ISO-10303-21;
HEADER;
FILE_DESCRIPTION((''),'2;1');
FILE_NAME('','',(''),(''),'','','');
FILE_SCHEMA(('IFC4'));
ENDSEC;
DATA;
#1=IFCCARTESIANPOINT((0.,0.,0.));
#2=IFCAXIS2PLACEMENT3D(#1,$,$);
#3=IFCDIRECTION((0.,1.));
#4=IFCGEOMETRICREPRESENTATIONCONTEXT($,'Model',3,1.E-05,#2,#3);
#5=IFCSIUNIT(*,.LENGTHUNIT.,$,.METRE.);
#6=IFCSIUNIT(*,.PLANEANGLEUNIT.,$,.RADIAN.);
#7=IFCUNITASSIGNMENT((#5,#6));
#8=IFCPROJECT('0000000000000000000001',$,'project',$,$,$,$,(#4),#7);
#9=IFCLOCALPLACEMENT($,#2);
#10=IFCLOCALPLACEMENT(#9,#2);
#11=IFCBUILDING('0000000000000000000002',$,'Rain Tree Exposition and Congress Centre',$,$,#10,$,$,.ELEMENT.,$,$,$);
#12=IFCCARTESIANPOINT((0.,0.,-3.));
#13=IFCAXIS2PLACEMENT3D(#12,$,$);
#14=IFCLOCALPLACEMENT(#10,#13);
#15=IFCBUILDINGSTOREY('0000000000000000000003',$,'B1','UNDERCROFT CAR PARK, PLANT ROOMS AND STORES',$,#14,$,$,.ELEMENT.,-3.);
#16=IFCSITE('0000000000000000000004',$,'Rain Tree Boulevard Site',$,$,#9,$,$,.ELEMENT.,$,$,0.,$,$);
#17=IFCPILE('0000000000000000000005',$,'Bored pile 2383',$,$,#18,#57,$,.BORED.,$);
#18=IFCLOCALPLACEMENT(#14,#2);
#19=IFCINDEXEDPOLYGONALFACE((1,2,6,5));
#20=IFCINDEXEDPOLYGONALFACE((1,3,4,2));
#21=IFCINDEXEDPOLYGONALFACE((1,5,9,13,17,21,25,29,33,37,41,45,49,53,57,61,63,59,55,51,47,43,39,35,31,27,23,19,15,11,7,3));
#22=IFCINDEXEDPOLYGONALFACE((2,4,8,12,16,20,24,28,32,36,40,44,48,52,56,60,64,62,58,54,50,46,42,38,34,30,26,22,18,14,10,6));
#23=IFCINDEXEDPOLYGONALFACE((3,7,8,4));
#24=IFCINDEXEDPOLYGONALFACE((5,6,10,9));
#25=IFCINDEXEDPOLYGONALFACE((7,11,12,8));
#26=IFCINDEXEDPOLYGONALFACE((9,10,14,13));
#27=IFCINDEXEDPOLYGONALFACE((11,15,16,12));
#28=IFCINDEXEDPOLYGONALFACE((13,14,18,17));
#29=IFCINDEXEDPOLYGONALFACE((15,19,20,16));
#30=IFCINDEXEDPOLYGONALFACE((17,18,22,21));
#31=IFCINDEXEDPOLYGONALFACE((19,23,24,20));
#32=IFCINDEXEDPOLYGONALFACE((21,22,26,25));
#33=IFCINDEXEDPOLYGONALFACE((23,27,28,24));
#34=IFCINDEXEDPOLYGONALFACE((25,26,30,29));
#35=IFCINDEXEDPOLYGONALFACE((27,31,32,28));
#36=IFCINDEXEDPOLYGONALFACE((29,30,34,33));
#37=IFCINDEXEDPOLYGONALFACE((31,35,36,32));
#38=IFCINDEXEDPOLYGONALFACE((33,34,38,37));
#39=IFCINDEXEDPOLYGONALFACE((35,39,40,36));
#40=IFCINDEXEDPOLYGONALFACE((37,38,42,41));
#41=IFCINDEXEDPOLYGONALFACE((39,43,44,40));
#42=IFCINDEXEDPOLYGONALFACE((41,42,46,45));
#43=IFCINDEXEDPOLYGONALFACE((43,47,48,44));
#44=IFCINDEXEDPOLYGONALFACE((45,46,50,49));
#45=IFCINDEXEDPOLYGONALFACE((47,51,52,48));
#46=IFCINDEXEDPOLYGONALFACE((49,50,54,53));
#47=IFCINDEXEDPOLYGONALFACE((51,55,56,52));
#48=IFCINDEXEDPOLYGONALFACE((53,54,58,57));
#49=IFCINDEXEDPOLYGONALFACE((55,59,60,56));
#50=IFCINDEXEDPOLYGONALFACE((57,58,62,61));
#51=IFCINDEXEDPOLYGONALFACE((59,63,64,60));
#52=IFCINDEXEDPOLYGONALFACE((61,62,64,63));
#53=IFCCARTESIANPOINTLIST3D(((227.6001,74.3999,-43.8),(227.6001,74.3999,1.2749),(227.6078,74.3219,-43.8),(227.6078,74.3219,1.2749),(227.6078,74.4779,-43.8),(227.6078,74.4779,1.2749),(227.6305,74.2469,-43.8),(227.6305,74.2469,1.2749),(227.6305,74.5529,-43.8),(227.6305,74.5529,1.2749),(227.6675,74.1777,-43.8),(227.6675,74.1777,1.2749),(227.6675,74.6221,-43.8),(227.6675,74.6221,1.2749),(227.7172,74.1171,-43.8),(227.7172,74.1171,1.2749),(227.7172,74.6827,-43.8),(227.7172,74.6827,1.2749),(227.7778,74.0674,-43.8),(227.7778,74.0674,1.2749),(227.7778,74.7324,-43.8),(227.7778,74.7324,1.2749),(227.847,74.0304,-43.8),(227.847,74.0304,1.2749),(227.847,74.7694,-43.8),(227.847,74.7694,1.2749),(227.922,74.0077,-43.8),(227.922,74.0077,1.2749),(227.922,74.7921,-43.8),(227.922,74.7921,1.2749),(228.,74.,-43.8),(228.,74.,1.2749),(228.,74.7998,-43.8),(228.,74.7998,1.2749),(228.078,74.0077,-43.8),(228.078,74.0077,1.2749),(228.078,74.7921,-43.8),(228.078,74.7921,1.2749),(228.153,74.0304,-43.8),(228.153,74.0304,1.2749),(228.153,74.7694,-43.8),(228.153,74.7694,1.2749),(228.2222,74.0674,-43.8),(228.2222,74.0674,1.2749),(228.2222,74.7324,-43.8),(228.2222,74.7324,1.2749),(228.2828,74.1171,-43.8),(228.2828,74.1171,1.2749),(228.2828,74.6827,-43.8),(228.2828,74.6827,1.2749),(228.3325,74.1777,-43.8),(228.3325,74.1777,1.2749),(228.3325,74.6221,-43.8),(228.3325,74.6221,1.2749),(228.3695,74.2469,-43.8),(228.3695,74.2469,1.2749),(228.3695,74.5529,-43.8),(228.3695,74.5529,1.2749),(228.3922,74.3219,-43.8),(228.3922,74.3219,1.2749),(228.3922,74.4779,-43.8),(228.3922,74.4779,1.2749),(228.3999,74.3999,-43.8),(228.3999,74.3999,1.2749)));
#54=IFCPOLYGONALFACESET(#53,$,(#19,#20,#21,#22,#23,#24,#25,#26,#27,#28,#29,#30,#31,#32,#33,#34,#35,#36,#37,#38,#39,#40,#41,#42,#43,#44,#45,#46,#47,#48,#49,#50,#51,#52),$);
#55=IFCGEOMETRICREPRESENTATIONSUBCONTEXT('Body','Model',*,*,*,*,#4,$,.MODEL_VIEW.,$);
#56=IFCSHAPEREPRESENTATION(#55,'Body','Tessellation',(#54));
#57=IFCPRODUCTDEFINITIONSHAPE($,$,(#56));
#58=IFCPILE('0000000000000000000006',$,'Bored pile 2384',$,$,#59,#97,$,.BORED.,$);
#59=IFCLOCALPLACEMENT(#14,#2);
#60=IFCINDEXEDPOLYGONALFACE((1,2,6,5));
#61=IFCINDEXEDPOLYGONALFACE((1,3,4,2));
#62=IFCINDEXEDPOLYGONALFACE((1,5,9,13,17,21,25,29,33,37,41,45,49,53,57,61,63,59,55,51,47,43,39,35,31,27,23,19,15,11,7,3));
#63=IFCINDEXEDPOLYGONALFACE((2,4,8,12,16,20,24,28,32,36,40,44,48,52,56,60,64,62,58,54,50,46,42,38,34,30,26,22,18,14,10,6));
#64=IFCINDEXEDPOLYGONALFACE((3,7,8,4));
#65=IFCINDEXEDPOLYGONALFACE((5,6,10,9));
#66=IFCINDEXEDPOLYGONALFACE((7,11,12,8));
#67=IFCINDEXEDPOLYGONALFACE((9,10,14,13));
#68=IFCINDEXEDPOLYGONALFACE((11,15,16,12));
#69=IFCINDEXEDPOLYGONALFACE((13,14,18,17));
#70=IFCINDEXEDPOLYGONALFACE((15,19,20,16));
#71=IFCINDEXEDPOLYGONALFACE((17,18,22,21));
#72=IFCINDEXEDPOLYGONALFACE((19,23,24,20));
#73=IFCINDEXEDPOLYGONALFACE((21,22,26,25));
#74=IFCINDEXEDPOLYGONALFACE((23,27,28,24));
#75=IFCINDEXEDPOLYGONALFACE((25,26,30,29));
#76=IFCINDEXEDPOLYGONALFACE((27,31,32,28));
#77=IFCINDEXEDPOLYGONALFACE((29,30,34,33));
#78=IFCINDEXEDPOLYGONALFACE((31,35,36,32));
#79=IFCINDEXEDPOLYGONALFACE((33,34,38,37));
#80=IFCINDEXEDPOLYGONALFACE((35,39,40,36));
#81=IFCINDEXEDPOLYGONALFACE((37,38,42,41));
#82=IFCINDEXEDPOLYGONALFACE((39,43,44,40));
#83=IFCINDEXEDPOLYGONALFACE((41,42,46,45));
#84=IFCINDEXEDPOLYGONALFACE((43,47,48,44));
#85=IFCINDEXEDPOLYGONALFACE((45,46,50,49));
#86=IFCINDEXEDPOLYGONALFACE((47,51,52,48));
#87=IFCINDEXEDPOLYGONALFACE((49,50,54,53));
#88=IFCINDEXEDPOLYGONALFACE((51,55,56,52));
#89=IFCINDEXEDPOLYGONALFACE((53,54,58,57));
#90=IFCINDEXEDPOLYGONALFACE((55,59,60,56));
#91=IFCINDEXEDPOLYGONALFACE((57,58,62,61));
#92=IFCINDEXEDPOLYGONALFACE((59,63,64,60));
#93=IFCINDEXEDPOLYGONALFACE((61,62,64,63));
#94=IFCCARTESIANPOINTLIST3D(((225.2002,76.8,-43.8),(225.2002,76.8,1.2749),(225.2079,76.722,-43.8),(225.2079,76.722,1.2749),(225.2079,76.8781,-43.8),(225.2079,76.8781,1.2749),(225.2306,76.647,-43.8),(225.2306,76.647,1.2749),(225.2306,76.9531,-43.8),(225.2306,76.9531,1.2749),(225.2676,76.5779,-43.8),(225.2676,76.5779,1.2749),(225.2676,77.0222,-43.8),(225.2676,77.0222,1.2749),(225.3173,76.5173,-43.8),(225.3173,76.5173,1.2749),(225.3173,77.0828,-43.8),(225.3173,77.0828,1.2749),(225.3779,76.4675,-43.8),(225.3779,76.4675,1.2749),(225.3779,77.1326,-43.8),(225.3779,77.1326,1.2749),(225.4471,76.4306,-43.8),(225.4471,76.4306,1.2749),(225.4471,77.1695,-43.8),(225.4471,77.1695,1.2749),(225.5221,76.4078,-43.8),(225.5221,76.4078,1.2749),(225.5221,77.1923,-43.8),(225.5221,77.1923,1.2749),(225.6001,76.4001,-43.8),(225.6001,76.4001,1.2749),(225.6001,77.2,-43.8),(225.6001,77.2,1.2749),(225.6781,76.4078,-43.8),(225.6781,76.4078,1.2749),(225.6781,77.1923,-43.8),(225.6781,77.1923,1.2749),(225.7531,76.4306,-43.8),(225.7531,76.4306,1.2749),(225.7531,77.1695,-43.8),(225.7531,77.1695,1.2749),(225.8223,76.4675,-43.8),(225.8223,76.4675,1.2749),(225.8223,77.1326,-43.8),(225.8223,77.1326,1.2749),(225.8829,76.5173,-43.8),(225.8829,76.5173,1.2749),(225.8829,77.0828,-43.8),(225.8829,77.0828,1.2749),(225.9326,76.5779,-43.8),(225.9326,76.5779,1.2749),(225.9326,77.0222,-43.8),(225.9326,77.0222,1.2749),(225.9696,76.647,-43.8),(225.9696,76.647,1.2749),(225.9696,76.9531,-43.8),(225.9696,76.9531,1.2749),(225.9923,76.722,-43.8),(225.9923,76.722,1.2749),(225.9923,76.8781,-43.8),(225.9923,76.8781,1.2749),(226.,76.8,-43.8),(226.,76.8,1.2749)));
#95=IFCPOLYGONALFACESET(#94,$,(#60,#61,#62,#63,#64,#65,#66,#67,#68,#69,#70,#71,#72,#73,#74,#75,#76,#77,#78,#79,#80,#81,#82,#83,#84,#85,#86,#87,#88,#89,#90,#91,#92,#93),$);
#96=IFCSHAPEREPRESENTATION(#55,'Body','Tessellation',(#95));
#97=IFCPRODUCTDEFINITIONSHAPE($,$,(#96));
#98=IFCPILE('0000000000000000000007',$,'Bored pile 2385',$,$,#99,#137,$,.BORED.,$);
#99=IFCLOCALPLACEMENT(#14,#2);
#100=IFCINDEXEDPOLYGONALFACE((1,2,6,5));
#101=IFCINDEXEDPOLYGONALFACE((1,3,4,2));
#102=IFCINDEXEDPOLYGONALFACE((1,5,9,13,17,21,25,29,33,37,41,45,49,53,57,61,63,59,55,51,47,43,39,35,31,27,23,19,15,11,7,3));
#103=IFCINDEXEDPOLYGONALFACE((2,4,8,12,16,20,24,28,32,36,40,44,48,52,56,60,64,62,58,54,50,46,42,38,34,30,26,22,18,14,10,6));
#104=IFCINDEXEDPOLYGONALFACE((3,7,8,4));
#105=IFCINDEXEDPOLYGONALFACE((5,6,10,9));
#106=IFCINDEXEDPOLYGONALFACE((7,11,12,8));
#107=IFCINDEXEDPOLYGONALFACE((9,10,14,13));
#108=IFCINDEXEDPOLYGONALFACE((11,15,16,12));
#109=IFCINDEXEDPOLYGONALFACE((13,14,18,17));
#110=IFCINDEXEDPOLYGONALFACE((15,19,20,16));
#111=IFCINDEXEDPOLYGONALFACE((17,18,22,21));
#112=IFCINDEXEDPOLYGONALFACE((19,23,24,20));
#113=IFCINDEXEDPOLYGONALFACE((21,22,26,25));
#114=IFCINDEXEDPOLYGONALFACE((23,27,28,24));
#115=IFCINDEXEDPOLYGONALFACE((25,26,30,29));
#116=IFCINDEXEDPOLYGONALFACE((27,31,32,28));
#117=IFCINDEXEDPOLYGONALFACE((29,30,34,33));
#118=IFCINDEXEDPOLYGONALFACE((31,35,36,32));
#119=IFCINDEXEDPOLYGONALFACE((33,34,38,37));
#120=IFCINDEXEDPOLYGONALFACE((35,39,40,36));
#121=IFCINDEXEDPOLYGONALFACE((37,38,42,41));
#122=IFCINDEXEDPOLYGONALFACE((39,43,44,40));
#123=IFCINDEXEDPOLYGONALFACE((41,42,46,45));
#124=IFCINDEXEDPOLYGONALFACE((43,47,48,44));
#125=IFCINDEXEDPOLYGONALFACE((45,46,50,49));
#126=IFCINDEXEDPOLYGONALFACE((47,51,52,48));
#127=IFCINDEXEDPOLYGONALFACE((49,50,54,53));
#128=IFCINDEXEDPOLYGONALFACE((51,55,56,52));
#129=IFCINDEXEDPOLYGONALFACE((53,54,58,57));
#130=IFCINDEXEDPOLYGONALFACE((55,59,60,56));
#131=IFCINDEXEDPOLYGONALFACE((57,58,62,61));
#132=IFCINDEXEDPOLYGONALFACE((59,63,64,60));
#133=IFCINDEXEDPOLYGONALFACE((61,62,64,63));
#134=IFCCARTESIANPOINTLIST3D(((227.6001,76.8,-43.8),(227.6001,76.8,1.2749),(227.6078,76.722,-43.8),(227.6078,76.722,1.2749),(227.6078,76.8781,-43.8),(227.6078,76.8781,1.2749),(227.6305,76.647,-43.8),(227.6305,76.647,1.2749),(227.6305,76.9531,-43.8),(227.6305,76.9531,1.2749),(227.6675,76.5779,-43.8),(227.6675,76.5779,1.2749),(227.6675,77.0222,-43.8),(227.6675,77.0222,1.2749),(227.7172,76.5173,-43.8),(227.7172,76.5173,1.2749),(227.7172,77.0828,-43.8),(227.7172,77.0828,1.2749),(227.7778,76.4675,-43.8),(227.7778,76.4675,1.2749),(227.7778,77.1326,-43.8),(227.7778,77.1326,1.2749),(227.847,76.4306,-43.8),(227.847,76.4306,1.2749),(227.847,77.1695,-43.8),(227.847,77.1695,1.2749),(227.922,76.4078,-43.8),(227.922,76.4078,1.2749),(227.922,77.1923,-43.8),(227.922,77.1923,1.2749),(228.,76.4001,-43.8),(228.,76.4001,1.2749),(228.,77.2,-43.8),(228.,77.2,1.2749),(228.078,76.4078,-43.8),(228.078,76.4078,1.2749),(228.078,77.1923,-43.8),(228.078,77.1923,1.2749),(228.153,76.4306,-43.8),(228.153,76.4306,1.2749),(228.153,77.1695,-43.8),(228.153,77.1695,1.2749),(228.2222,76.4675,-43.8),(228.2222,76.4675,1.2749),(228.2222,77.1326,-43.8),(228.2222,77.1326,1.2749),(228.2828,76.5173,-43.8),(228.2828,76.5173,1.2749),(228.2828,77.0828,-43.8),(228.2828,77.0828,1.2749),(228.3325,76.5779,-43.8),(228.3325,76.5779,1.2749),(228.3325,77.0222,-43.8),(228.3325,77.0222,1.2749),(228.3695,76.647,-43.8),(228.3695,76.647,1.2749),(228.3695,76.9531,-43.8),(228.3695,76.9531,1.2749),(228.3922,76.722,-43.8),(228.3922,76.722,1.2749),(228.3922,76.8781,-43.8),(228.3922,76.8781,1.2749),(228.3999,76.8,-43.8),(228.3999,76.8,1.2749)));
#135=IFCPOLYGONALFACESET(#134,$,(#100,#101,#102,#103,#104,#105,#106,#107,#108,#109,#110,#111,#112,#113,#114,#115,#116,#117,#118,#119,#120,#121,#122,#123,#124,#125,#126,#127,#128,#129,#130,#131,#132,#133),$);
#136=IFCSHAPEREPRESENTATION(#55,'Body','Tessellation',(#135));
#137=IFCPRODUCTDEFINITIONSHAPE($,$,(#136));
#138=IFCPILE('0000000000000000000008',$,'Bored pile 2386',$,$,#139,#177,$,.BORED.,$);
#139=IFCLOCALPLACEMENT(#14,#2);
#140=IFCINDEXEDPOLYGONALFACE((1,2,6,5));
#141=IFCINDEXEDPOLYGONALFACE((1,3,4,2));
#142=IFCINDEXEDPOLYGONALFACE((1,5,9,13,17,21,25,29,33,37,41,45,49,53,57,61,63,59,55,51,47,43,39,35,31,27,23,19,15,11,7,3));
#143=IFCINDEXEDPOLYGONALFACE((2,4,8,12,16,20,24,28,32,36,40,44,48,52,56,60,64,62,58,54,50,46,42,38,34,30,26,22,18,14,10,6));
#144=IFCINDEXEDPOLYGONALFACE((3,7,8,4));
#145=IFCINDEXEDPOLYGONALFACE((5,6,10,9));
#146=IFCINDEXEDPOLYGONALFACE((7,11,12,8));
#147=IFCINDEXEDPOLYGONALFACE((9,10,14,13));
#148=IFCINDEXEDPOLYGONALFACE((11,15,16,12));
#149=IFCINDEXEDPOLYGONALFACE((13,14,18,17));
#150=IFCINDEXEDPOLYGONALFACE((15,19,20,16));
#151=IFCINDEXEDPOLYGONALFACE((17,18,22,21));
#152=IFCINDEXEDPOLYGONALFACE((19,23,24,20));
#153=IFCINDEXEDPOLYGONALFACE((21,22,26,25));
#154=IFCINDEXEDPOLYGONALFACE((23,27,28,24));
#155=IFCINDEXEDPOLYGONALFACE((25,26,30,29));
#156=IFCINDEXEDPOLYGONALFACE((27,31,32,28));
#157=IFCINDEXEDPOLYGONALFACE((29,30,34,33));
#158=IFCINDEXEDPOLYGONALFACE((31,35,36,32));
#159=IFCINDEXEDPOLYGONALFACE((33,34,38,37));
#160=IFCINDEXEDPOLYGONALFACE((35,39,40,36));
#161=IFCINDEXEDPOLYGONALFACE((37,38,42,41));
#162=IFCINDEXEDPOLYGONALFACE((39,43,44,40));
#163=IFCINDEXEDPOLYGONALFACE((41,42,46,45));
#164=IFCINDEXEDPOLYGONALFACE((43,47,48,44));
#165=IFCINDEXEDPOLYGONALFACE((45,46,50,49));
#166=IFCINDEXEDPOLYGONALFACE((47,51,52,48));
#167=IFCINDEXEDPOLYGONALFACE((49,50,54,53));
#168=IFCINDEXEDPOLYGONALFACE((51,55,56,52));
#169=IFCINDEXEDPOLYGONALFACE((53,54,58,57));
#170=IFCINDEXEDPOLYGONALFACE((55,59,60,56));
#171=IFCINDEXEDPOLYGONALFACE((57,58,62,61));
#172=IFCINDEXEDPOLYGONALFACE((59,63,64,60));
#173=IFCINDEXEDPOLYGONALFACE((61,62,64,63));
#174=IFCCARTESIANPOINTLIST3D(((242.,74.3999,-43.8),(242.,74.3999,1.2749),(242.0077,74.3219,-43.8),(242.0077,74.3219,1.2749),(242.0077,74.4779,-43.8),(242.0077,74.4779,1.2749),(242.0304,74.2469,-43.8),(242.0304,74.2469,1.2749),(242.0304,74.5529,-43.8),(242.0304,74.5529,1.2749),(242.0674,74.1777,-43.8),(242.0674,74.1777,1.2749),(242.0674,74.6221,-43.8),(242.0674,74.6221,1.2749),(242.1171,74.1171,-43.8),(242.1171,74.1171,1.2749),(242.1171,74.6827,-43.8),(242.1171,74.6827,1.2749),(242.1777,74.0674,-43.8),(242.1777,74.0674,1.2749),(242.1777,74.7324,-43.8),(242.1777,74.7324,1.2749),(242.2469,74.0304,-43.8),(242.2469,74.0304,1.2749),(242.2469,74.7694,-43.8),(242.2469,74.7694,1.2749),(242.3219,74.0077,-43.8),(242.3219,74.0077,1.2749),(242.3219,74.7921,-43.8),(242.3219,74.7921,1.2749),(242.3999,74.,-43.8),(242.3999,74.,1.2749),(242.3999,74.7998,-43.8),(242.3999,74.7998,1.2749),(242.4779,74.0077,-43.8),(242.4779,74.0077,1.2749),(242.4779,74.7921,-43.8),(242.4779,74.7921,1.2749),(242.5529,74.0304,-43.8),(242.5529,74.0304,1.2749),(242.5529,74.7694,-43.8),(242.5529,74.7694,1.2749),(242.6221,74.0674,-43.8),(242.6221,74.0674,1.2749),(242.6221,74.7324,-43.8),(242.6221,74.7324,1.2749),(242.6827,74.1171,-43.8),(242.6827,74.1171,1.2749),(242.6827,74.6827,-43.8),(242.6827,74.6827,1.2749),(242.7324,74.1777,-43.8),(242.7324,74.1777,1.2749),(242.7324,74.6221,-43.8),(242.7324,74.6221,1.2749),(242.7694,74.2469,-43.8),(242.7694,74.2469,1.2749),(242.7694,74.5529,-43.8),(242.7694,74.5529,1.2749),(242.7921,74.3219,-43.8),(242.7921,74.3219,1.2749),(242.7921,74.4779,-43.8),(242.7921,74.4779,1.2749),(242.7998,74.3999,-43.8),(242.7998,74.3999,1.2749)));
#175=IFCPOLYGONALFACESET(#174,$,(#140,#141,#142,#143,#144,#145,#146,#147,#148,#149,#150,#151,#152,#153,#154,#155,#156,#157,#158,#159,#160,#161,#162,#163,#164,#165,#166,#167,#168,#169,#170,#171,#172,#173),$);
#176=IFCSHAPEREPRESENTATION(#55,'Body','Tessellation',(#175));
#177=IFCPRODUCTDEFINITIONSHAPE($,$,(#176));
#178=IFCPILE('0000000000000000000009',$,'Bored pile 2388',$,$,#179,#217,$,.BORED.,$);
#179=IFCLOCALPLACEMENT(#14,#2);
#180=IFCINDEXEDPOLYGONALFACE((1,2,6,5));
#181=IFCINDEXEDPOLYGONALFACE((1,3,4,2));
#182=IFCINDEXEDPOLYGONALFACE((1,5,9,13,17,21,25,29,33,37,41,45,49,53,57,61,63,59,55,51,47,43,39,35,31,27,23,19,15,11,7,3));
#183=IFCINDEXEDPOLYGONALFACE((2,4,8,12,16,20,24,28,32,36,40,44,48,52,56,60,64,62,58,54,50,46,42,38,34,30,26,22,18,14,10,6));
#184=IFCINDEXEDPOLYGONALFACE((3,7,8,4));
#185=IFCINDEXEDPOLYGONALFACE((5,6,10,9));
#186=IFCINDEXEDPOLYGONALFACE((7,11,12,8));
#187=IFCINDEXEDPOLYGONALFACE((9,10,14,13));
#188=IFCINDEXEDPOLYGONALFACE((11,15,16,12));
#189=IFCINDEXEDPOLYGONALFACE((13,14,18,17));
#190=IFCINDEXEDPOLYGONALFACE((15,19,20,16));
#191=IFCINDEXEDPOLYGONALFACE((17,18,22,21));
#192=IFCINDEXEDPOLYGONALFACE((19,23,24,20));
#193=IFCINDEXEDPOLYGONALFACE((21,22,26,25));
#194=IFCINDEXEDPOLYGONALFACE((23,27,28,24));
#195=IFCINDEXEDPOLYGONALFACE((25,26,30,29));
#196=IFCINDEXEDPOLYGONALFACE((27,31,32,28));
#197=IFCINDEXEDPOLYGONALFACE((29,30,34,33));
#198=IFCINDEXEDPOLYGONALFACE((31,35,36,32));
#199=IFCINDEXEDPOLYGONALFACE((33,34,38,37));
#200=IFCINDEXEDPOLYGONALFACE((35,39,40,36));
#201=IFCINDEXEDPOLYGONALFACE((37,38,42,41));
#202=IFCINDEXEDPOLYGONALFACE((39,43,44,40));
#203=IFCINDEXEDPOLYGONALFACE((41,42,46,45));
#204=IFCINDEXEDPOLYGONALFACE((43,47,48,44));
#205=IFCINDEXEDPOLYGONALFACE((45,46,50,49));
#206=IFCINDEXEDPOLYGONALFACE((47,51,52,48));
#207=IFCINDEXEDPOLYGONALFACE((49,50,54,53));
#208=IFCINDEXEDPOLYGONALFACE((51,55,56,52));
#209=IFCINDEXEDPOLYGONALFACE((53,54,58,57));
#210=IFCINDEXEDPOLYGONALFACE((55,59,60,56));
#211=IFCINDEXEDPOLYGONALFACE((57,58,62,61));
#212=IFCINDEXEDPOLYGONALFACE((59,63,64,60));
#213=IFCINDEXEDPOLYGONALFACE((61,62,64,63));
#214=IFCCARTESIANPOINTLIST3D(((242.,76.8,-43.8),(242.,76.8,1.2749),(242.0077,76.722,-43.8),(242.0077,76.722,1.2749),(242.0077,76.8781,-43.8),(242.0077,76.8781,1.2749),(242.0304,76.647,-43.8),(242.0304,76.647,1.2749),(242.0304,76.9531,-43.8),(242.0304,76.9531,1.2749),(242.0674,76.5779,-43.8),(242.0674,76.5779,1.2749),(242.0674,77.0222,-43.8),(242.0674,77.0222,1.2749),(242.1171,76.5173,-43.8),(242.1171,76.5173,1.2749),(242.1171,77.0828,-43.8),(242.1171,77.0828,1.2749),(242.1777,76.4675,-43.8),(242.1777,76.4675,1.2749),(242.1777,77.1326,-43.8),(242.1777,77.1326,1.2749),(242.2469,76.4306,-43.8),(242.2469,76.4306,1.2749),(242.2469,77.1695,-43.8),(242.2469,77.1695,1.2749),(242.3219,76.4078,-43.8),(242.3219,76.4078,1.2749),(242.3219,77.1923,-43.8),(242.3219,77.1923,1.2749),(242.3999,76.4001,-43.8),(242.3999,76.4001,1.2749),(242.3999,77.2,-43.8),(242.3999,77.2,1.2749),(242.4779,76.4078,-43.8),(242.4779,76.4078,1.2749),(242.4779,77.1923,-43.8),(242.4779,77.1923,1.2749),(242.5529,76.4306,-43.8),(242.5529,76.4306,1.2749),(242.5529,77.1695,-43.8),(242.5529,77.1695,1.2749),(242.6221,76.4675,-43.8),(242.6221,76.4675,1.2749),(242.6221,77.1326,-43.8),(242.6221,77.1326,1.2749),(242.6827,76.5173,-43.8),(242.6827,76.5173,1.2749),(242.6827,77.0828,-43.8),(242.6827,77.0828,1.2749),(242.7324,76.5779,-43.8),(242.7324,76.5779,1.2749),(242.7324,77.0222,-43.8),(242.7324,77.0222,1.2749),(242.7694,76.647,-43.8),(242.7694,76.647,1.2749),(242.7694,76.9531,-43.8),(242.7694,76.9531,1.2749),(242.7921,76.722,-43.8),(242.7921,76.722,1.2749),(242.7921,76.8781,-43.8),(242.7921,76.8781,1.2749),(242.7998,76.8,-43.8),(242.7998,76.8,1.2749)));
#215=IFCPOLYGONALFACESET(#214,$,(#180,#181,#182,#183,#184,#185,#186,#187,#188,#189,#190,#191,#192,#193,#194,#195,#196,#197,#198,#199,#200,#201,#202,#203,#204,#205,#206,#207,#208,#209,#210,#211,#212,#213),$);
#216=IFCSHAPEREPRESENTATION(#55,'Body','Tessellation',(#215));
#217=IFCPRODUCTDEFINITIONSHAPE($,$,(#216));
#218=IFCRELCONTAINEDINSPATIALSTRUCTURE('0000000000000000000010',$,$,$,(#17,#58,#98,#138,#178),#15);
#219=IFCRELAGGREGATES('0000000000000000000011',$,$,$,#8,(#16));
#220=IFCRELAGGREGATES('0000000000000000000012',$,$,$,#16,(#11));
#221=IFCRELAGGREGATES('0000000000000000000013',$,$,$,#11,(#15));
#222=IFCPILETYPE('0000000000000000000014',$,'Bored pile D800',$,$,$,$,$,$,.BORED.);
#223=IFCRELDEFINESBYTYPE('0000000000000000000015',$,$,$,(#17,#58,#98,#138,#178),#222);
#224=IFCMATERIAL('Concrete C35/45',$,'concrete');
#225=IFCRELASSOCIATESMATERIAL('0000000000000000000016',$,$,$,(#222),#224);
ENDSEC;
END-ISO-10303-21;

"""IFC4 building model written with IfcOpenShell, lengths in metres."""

from ifc_helpers import new_model, si_unit, direction, frame, origin, origin_2d, place, context, subcontext, project, spatial, circle, extrude, material, material_profile, profile_set, type_object, element, save


model = new_model("IFC4")

# Units and contexts
model_context = context("Model", 3, precision=1e-05, world=origin(), true_north=direction((0.0, 1.0)))
body_context = subcontext(model_context, "Body", "Model", "MODEL_VIEW")
ifc_project = project(units=[si_unit("LENGTHUNIT", "METRE"), si_unit("PLANEANGLEUNIT", "RADIAN")], contexts=[model_context])

# Site, building, storey
site_placement = place(None, origin())
site = spatial("IfcSite", under=ifc_project, at=site_placement, Name="Rain Tree Boulevard Site", CompositionType="ELEMENT", RefElevation=0.0)
building_placement = place(site_placement, origin())
building = spatial("IfcBuilding", under=site, at=building_placement, Name="Rain Tree Exposition and Congress Centre", CompositionType="ELEMENT")
storey_placement = place(building_placement, frame((0.0, 0.0, -3.0)))
storey = spatial("IfcBuildingStorey", under=building, at=storey_placement, Name="B1", Description="UNDERCROFT CAR PARK, PLANT ROOMS AND STORES", CompositionType="ELEMENT", Elevation=-3.0)

# Piles
ifc_material_1 = material(Name="Concrete C35/45", Category="concrete")
ifc_material_profile_1 = material_profile(ifc_material_1, circle(Radius=0.3999, at=origin_2d()), Name="D800")
ifc_profile_set_1 = profile_set([ifc_material_profile_1], Name="Concrete C35/45")
pile_type_1 = type_object("IfcPileType", Name="Bored pile D800", PredefinedType="BORED", material=ifc_profile_set_1)
for number, where, z_axis, x_axis, name in (
    (1, (228.0, 74.3999, 1.2749), (0.0, 0.0, -1.0), (1.0, 0.0, 0.0), "Bored pile 2383"),
    (2, (225.6001, 76.8, 1.2749), (0.0, 0.0, -1.0), (1.0, 0.0, 0.0), "Bored pile 2384"),
    (3, (228.0, 76.8, 1.2749), (0.0, 0.0, -1.0), (1.0, 0.0, 0.0), "Bored pile 2385"),
    (4, (242.3999, 74.3999, 1.2749), (0.0, 0.0, -1.0), (1.0, 0.0, 0.0), "Bored pile 2386"),
    (5, (242.3999, 76.8, 1.2749), (0.0, 0.0, -1.0), (1.0, 0.0, 0.0), "Bored pile 2388"),
):
    element("IfcPile", number, at=place(storey_placement, frame(where, z_axis=z_axis, x_axis=x_axis)), inside=storey, type_object=pile_type_1, Name=name, PredefinedType="BORED", context=body_context, shape_type="SweptSolid", body=[
        extrude(circle(Radius=0.3999, at=origin_2d()), origin(), (0.0, 0.0, 1.0), 45.075),
    ])

save(model, "model.ifc")
